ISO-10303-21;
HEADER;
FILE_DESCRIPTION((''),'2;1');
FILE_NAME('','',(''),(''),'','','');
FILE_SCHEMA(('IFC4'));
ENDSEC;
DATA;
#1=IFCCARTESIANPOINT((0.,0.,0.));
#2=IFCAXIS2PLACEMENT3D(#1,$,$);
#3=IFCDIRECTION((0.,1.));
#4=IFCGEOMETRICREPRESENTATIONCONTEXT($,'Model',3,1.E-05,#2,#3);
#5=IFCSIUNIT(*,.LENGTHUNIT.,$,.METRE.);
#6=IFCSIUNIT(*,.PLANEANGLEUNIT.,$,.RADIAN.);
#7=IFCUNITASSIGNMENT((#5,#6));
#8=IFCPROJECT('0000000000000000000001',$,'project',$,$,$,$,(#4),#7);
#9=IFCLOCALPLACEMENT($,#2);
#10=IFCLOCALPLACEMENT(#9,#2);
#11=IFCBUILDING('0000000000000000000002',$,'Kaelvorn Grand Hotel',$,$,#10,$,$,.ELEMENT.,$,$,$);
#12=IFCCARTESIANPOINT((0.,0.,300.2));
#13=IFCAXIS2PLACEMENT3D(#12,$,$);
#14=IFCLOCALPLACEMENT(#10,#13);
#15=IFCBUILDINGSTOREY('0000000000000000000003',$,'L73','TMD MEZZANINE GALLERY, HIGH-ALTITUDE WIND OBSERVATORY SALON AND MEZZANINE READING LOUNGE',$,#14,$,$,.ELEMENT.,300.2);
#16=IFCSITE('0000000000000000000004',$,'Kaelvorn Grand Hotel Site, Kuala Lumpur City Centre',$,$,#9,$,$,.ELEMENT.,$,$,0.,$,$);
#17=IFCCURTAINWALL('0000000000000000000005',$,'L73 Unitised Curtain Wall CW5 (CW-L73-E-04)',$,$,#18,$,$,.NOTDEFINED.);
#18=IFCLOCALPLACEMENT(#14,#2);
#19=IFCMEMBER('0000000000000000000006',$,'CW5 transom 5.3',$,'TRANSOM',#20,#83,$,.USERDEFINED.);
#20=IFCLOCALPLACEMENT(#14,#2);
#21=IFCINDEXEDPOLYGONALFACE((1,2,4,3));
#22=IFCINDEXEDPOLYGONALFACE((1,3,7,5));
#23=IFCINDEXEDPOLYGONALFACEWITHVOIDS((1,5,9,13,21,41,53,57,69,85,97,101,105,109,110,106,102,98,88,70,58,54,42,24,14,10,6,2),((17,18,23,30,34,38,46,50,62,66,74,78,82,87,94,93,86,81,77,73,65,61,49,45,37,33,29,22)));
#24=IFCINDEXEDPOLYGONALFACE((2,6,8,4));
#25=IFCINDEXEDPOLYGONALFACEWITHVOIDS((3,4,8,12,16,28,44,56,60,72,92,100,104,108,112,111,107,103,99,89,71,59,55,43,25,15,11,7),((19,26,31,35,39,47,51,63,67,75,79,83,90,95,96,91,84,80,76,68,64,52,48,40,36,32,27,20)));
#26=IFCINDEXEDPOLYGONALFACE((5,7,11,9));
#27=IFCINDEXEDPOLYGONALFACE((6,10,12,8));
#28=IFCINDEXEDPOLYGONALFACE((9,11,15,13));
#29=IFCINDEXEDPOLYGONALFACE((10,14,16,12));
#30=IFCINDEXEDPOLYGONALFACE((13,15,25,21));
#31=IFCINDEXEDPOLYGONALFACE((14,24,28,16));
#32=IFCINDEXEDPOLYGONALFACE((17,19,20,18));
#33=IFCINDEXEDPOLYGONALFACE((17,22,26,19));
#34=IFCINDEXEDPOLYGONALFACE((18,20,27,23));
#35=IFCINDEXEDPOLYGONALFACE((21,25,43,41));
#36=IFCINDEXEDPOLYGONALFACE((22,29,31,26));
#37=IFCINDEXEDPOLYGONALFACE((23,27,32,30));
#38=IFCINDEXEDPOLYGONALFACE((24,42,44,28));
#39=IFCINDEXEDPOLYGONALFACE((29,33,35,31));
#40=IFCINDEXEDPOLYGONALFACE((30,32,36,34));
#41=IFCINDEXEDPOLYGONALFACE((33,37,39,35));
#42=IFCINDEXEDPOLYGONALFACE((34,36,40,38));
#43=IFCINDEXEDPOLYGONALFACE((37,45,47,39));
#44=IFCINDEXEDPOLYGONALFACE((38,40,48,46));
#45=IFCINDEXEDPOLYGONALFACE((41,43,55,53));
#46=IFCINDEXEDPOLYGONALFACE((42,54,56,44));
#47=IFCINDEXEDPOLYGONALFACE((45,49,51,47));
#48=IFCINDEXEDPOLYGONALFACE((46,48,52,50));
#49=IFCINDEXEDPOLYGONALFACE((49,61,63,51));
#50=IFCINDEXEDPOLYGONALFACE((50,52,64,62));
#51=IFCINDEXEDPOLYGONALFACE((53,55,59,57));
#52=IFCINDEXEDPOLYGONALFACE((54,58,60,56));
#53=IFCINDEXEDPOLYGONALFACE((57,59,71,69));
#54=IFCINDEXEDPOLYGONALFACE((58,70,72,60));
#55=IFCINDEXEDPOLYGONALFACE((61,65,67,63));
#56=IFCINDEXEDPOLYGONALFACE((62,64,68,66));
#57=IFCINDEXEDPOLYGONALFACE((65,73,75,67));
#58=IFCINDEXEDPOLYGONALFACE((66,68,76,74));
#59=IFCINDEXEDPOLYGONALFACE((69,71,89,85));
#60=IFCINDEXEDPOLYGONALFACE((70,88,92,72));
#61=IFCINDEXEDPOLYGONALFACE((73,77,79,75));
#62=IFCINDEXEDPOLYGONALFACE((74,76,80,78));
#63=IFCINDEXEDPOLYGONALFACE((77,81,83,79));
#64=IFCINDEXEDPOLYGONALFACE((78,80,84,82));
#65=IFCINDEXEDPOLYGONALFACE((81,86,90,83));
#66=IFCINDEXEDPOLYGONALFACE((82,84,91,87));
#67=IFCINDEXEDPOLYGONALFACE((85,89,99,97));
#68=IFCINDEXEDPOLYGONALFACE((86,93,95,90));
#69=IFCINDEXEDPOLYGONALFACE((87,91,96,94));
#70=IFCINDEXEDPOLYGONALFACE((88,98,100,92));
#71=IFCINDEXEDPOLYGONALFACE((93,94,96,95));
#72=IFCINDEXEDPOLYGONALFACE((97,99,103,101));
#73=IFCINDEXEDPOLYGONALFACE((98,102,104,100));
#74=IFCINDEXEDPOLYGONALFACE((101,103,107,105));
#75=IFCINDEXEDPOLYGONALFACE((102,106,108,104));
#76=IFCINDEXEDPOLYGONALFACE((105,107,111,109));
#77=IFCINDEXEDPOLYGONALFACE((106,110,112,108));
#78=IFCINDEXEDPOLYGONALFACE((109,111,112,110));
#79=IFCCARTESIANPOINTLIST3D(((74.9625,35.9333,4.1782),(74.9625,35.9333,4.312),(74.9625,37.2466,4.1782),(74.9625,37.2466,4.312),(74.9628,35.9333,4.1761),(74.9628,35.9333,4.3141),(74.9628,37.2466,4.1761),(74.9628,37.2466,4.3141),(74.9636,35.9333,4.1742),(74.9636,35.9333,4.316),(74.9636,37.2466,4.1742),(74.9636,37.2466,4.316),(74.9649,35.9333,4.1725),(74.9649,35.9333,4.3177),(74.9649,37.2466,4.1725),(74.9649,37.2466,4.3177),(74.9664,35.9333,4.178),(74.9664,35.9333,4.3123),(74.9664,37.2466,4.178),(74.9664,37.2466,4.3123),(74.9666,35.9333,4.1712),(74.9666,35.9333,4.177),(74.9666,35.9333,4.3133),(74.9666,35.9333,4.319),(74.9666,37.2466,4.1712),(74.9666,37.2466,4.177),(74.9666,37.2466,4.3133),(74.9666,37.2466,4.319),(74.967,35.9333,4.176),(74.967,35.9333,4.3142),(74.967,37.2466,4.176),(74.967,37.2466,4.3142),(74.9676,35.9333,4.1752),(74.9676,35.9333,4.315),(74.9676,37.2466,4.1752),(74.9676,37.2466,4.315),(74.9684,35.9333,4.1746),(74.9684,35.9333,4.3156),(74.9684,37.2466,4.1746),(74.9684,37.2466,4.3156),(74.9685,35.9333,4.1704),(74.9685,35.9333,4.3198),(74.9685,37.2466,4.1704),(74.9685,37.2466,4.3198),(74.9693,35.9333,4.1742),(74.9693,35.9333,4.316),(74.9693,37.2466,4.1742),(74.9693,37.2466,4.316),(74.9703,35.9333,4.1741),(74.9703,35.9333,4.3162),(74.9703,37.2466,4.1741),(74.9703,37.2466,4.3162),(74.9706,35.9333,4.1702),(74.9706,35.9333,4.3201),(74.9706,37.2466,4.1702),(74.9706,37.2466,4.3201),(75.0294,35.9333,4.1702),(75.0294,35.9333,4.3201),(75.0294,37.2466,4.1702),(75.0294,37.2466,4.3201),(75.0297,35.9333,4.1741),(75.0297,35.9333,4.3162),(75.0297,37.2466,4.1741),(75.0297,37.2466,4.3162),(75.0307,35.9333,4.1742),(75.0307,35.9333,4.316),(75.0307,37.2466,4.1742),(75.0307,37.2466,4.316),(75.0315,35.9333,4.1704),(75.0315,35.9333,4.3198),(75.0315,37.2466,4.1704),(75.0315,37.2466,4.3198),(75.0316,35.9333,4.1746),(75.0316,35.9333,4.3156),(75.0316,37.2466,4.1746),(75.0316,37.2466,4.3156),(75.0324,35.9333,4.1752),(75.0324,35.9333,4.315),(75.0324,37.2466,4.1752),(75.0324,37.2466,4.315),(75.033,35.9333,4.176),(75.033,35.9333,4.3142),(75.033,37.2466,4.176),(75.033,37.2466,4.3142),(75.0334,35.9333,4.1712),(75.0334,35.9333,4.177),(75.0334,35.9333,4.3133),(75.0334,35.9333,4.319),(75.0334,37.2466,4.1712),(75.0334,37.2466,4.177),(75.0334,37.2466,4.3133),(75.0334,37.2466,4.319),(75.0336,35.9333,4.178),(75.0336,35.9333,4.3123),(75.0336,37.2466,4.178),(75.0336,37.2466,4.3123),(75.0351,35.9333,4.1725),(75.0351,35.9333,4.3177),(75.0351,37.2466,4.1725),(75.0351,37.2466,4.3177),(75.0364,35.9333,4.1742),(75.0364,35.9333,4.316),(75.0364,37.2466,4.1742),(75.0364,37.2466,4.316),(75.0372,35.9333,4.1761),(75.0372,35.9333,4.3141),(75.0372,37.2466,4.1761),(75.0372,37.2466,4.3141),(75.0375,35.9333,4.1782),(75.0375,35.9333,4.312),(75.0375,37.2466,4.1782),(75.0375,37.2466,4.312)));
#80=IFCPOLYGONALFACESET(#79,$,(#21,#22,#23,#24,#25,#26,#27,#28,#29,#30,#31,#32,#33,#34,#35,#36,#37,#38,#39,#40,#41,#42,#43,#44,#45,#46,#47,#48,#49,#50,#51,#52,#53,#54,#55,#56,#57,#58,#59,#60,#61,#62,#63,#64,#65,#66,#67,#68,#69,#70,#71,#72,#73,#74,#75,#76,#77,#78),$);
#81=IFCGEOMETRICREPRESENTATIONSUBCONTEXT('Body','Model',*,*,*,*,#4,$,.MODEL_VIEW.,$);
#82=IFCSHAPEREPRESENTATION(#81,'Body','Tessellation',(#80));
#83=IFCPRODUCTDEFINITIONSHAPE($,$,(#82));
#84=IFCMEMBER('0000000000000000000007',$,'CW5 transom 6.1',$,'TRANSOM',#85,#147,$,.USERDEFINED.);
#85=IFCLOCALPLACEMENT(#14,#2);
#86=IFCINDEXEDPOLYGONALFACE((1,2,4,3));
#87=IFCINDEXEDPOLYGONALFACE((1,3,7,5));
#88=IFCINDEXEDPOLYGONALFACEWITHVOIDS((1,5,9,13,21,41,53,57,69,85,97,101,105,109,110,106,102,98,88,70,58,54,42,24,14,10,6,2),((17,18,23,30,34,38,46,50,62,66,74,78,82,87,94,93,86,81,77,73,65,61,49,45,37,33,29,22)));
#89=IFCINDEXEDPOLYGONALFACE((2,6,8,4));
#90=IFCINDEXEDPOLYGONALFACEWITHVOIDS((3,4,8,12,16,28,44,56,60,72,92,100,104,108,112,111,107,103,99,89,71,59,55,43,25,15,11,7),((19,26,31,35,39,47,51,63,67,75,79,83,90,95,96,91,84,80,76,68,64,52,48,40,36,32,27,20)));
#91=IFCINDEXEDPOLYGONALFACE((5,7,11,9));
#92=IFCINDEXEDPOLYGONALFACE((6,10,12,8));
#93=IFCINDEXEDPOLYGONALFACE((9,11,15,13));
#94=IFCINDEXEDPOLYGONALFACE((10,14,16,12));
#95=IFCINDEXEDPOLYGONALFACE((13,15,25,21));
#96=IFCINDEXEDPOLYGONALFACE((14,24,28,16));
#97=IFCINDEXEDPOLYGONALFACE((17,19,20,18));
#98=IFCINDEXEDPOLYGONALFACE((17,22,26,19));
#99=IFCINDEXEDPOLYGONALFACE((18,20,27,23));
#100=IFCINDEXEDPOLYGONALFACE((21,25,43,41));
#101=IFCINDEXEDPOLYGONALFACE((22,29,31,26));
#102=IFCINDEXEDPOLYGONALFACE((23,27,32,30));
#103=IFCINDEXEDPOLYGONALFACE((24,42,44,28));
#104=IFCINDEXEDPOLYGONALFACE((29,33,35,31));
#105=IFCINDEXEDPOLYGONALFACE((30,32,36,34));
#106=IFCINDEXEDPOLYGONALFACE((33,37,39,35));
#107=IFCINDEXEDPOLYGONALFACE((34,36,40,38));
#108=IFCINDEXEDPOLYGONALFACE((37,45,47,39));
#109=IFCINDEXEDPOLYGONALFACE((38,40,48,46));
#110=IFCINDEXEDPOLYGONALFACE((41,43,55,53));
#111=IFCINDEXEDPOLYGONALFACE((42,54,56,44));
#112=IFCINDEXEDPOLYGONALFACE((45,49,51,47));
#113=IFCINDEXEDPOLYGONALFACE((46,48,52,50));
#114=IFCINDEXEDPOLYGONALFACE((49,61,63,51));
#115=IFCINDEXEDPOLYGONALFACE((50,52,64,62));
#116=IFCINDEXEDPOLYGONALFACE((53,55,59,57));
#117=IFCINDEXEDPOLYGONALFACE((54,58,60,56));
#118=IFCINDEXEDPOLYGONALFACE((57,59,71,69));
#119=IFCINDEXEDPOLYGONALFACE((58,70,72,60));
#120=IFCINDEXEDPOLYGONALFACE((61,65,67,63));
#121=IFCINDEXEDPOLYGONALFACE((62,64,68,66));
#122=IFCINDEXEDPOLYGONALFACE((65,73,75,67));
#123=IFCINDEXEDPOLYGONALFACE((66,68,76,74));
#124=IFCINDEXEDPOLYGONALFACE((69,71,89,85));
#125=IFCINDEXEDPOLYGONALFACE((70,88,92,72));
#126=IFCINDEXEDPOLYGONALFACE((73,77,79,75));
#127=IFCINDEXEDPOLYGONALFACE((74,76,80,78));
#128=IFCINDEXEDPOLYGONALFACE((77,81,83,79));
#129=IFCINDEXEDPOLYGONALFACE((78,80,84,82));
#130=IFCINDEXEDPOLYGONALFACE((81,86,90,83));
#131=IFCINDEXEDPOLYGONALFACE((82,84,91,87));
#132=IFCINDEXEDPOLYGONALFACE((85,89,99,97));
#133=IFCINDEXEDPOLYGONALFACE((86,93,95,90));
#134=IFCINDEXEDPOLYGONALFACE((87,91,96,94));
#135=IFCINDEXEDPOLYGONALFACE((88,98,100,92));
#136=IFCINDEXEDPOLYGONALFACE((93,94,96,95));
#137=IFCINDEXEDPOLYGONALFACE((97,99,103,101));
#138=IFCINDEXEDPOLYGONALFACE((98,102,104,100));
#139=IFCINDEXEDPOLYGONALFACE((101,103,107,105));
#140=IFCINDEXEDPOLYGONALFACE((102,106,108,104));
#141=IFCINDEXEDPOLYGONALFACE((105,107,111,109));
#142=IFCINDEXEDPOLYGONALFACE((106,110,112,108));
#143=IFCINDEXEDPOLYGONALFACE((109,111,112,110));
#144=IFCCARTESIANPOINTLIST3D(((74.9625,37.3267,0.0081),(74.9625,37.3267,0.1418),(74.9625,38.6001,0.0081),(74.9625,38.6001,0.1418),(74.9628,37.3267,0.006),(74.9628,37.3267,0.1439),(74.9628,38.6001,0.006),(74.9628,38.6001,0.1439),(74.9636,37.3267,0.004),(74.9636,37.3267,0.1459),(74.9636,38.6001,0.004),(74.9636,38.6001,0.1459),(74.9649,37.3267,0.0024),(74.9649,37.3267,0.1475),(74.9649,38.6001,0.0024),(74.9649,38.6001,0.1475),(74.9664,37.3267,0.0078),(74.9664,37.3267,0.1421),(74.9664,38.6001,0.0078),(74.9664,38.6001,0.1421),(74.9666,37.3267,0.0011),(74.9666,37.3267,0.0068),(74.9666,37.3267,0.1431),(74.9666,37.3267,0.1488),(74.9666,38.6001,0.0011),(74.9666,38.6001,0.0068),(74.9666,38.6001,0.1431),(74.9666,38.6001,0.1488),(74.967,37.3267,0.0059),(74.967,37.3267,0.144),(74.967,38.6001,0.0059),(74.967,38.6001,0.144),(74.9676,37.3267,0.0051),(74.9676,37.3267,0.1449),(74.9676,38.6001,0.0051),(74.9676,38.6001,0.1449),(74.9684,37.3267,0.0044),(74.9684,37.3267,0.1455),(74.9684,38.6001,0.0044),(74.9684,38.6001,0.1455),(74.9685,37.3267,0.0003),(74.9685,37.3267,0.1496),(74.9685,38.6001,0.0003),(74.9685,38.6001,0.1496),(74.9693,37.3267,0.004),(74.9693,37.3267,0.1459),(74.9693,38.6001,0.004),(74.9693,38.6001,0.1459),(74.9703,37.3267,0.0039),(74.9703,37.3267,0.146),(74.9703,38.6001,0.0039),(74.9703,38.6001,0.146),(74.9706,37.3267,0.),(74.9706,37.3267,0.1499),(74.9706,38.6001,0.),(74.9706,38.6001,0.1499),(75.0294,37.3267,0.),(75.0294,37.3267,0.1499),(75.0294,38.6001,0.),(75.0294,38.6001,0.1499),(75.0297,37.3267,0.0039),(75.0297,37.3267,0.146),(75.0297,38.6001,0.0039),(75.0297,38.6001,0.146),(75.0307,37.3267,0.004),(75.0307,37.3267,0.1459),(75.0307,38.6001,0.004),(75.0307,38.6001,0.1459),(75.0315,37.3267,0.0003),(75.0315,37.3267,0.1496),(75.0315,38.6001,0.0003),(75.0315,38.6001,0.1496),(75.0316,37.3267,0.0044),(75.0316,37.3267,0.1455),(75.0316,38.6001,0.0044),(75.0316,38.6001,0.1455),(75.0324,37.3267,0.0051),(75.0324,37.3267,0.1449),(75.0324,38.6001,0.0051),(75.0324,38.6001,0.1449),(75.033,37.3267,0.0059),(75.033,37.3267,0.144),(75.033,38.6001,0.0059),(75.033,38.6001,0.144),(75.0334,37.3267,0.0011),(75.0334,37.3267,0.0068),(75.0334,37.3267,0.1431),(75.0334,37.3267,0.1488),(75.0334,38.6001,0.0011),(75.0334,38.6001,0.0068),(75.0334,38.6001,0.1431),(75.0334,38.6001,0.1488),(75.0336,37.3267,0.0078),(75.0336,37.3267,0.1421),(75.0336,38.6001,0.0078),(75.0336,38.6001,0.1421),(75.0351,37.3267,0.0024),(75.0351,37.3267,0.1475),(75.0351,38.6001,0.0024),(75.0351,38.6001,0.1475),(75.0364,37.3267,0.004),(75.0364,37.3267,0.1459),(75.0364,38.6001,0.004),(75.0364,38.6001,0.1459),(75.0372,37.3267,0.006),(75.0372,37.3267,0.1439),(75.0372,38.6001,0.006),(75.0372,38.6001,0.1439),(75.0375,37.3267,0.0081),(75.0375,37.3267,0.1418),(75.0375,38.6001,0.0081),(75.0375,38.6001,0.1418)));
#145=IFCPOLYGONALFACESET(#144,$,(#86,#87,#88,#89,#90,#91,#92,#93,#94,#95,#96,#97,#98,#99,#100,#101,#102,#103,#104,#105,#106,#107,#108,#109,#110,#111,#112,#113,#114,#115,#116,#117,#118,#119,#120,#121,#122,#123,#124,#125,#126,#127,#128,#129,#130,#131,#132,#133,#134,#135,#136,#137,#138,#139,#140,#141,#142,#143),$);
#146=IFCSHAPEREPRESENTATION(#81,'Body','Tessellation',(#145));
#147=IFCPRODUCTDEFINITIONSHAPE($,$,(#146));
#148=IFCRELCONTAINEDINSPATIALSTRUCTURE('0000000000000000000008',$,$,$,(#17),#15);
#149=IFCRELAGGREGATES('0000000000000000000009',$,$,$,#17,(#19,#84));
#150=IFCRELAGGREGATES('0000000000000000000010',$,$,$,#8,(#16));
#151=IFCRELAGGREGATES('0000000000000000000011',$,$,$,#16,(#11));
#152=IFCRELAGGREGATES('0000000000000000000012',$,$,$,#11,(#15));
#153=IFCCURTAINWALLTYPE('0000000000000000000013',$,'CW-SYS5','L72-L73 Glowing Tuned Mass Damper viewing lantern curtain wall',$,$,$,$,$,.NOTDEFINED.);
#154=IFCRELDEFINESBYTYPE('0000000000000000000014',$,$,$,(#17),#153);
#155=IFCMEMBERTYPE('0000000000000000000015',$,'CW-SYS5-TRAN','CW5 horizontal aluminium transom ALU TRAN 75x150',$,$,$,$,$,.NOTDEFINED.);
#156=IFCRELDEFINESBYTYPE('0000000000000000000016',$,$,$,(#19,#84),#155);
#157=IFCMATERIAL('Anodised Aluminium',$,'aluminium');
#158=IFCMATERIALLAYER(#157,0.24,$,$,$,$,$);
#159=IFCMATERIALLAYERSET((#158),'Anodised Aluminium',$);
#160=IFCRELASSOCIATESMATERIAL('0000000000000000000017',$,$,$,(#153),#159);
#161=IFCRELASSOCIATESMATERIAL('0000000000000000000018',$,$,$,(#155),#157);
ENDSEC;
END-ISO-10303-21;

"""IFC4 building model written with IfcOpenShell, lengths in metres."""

from ifc_helpers import new_model, si_unit, direction, frame, origin, origin_2d, place, context, subcontext, project, spatial, hollow_rectangle, extrude, material, layer, layer_set, material_profile, profile_set, type_object, element, aggregate, save


model = new_model("IFC4")

# Units and contexts
model_context = context("Model", 3, precision=1e-05, world=origin(), true_north=direction((0.0, 1.0)))
body_context = subcontext(model_context, "Body", "Model", "MODEL_VIEW")
ifc_project = project(units=[si_unit("LENGTHUNIT", "METRE"), si_unit("PLANEANGLEUNIT", "RADIAN")], contexts=[model_context])

# Site, building, storey
site_placement = place(None, origin())
site = spatial("IfcSite", under=ifc_project, at=site_placement, Name="Kaelvorn Grand Hotel Site, Kuala Lumpur City Centre", CompositionType="ELEMENT", RefElevation=0.0)
building_placement = place(site_placement, origin())
building = spatial("IfcBuilding", under=site, at=building_placement, Name="Kaelvorn Grand Hotel", CompositionType="ELEMENT")
storey_placement = place(building_placement, frame((0.0, 0.0, 300.2)))
storey = spatial("IfcBuildingStorey", under=building, at=storey_placement, Name="L73", Description="TMD MEZZANINE GALLERY, HIGH-ALTITUDE WIND OBSERVATORY SALON AND MEZZANINE READING LOUNGE", CompositionType="ELEMENT", Elevation=300.2)

# Curtain wall, members
ifc_material_1 = material(Name="Anodised Aluminium", Category="aluminium")
ifc_layer_1 = layer(ifc_material_1, 0.24)
ifc_layer_set_1 = layer_set([ifc_layer_1], Name="Anodised Aluminium")
curtain_wall_type = type_object("IfcCurtainWallType", Name="CW-SYS5", Description="L72-L73 Glowing Tuned Mass Damper viewing lantern curtain wall", PredefinedType="NOTDEFINED", material=ifc_layer_set_1)
curtain_wall_placement = place(storey_placement, origin())
curtain_wall = element("IfcCurtainWall", 1, at=curtain_wall_placement, inside=storey, type_object=curtain_wall_type, Name="L73 Unitised Curtain Wall CW5 (CW-L73-E-04)", PredefinedType="NOTDEFINED")
ifc_material_profile_1 = material_profile(ifc_material_1, hollow_rectangle(XDim=0.075, YDim=0.1499, WallThickness=0.0039, InnerFilletRadius=0.0039, OuterFilletRadius=0.0081, at=origin_2d()), Name="ALU TRAN 75x150")
ifc_profile_set_1 = profile_set([ifc_material_profile_1], Name="Anodised Aluminium")
member_type_1 = type_object("IfcMemberType", Name="CW-SYS5-TRAN", Description="CW5 horizontal aluminium transom ALU TRAN 75x150", PredefinedType="NOTDEFINED", material=ifc_profile_set_1)
member_1_placement = place(storey_placement, frame((75.0, 35.9333, 4.2451), z_axis=(0.0, 1.0, 0.0), x_axis=(-1.0, 0.0, 0.0)))
member_1 = element("IfcMember", 2, at=member_1_placement, type_object=member_type_1, Name="CW5 transom 5.3", ObjectType="TRANSOM", PredefinedType="USERDEFINED", context=body_context, shape_type="SweptSolid", body=[
    extrude(hollow_rectangle(XDim=0.075, YDim=0.1499, WallThickness=0.0039, InnerFilletRadius=0.0039, OuterFilletRadius=0.0081, at=origin_2d()), origin(), (0.0, 0.0, 1.0), 1.3132),
])
member_2_placement = place(storey_placement, frame((75.0, 37.3267, 0.075), z_axis=(0.0, 1.0, 0.0), x_axis=(-1.0, 0.0, 0.0)))
member_2 = element("IfcMember", 3, at=member_2_placement, type_object=member_type_1, Name="CW5 transom 6.1", ObjectType="TRANSOM", PredefinedType="USERDEFINED", context=body_context, shape_type="SweptSolid", body=[
    extrude(hollow_rectangle(XDim=0.075, YDim=0.1499, WallThickness=0.0039, InnerFilletRadius=0.0039, OuterFilletRadius=0.0081, at=origin_2d()), origin(), (0.0, 0.0, 1.0), 1.2734),
])
aggregate(curtain_wall, [member_1, member_2])

save(model, "model.ifc")
